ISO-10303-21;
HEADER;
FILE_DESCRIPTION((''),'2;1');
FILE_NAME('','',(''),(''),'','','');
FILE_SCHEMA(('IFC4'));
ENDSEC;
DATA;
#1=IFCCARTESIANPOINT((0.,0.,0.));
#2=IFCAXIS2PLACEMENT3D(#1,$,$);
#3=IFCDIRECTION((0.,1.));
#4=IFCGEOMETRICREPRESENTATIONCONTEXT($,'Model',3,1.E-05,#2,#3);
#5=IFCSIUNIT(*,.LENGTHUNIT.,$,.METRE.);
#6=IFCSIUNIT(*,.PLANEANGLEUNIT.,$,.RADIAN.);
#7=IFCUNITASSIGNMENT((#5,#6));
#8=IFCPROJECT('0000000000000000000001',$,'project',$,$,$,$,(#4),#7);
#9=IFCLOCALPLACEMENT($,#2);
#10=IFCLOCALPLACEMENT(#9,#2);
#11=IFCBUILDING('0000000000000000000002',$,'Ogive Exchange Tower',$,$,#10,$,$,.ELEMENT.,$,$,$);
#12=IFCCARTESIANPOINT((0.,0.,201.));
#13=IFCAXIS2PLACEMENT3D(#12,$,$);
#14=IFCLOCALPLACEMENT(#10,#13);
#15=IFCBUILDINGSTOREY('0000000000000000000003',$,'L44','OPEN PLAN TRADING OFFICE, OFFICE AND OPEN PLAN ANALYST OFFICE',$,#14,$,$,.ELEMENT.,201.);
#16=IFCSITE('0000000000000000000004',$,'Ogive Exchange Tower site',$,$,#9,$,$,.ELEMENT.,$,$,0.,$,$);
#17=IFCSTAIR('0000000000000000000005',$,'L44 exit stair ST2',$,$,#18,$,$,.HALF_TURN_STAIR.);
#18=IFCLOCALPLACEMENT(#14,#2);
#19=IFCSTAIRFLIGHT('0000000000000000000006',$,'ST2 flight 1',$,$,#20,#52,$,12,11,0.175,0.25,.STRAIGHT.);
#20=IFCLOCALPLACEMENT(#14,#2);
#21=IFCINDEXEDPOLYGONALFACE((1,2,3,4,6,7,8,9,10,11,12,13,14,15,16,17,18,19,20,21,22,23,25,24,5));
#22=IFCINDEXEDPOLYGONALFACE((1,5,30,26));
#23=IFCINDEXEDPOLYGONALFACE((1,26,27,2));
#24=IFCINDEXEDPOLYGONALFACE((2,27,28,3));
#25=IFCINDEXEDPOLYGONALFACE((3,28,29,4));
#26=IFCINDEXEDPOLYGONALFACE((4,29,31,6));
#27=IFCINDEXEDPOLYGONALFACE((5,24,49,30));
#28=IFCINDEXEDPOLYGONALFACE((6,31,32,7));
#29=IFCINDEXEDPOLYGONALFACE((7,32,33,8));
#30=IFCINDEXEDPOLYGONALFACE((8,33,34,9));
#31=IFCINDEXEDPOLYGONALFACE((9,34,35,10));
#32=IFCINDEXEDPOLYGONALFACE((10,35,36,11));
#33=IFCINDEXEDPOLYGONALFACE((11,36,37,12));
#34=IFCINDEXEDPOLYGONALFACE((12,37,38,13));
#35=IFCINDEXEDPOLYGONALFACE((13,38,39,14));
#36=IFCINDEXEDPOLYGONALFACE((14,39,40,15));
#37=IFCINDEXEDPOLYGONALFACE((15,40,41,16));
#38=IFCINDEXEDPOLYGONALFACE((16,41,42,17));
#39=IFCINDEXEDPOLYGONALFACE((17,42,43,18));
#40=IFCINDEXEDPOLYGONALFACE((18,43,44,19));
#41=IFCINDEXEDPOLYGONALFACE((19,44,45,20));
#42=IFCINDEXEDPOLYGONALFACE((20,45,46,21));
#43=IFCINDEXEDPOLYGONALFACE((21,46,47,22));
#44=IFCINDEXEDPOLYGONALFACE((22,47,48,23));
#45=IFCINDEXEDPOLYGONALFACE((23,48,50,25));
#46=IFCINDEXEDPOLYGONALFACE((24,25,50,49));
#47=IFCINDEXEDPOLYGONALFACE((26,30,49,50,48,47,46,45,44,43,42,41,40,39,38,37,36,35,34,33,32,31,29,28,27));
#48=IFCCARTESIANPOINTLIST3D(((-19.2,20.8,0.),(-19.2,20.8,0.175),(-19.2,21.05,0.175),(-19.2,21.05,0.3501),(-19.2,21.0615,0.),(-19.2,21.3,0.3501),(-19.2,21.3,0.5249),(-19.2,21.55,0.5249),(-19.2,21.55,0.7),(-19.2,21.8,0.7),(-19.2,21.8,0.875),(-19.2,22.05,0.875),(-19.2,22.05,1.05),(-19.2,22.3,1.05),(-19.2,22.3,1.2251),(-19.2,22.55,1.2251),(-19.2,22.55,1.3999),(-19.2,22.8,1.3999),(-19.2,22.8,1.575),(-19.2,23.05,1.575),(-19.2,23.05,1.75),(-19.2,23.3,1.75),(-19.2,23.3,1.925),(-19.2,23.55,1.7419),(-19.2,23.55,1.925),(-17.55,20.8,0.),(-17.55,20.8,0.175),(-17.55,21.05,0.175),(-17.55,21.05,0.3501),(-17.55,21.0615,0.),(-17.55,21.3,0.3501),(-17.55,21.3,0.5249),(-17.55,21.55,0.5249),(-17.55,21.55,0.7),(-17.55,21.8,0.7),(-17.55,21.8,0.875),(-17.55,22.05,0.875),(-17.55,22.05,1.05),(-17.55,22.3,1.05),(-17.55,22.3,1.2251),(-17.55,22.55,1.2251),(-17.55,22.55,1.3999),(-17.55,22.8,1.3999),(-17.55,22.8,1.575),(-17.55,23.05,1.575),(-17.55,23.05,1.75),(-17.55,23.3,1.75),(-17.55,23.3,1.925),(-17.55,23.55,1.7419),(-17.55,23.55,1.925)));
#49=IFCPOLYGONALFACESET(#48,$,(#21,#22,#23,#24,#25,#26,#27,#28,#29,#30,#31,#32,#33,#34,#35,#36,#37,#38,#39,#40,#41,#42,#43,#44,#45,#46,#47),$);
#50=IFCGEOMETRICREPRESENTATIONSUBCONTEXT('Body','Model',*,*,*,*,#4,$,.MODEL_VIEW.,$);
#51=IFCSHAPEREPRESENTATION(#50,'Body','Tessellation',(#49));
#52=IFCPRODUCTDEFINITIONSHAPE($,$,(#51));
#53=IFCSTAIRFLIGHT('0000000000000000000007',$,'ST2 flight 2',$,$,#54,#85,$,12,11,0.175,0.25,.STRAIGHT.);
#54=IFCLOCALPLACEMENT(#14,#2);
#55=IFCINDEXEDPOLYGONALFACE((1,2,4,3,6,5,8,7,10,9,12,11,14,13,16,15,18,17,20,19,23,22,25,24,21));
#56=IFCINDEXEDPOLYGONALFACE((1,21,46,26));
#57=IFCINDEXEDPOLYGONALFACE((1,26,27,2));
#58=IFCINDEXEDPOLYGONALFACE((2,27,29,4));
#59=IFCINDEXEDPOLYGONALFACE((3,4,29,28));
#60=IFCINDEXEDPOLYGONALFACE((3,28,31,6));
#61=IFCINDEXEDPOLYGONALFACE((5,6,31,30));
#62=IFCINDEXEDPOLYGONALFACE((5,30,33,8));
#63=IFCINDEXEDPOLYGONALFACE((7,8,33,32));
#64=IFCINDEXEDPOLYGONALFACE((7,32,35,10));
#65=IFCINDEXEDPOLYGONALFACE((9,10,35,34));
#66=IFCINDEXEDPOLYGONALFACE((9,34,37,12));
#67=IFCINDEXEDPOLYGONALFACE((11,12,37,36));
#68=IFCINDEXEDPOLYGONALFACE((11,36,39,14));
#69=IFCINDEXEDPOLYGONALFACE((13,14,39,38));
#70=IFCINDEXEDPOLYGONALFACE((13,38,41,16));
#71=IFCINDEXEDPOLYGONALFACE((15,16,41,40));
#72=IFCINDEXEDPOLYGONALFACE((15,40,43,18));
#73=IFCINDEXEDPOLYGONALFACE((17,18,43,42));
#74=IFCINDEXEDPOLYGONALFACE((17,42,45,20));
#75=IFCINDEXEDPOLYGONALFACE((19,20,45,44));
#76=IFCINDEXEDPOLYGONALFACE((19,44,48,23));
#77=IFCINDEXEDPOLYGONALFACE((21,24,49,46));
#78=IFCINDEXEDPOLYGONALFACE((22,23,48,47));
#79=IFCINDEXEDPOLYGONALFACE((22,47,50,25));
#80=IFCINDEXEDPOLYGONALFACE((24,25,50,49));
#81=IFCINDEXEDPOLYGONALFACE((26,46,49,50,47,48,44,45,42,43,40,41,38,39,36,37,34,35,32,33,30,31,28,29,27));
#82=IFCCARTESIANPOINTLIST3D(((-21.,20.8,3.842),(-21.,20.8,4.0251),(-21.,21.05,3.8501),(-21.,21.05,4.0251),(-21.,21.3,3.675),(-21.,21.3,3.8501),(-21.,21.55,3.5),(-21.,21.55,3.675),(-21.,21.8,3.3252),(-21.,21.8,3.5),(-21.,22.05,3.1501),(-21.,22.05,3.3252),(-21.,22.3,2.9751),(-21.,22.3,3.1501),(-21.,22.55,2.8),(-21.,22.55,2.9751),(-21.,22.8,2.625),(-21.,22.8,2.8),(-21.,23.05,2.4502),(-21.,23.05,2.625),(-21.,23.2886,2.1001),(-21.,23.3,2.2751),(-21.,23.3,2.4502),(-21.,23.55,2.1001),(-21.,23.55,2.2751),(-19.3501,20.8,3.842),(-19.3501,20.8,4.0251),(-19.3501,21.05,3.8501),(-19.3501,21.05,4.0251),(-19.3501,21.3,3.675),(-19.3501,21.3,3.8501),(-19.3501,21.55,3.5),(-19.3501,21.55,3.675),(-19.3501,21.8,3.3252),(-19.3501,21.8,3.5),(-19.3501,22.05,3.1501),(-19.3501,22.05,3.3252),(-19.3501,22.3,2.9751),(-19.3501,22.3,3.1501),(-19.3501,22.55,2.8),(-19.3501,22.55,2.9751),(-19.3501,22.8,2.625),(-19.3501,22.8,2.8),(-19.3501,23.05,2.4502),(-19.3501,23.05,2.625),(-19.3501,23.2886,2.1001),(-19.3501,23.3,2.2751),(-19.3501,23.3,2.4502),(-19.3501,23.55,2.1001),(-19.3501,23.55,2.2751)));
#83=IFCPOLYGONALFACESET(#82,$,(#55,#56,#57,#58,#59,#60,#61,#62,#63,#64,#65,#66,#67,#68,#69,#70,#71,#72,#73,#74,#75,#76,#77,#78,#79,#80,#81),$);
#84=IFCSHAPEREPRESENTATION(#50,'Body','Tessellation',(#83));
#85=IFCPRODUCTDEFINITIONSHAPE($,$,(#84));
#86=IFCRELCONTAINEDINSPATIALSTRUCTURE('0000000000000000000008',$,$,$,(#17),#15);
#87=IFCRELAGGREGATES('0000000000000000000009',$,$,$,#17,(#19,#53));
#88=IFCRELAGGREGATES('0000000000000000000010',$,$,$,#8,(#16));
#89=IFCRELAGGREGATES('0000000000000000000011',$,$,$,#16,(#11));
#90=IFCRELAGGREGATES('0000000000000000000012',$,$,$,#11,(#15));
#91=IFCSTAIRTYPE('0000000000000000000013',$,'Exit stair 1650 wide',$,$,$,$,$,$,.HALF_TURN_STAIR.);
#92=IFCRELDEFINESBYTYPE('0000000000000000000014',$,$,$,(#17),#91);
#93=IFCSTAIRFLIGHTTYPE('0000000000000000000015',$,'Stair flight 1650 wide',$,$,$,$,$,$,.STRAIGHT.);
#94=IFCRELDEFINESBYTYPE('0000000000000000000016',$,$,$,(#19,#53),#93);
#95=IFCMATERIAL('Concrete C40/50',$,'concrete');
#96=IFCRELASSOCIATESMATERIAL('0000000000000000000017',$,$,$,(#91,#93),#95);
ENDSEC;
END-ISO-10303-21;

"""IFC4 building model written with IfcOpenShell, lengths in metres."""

from ifc_helpers import new_model, si_unit, direction, frame, origin, place, context, subcontext, project, spatial, polyline, outline, extrude, material, type_object, element, aggregate, save


model = new_model("IFC4")

# Units and contexts
model_context = context("Model", 3, precision=1e-05, world=origin(), true_north=direction((0.0, 1.0)))
body_context = subcontext(model_context, "Body", "Model", "MODEL_VIEW")
ifc_project = project(units=[si_unit("LENGTHUNIT", "METRE"), si_unit("PLANEANGLEUNIT", "RADIAN")], contexts=[model_context])

# Site, building, storey
site_placement = place(None, origin())
site = spatial("IfcSite", under=ifc_project, at=site_placement, Name="Ogive Exchange Tower site", CompositionType="ELEMENT", RefElevation=0.0)
building_placement = place(site_placement, origin())
building = spatial("IfcBuilding", under=site, at=building_placement, Name="Ogive Exchange Tower", CompositionType="ELEMENT")
storey_placement = place(building_placement, frame((0.0, 0.0, 201.0)))
storey = spatial("IfcBuildingStorey", under=building, at=storey_placement, Name="L44", Description="OPEN PLAN TRADING OFFICE, OFFICE AND OPEN PLAN ANALYST OFFICE", CompositionType="ELEMENT", Elevation=201.0)

# Stair, stair flights
ifc_material_1 = material(Name="Concrete C40/50", Category="concrete")
stair_type = type_object("IfcStairType", Name="Exit stair 1650 wide", PredefinedType="HALF_TURN_STAIR", material=ifc_material_1)
stair_placement = place(storey_placement, origin())
stair = element("IfcStair", 1, at=stair_placement, inside=storey, type_object=stair_type, Name="L44 exit stair ST2", PredefinedType="HALF_TURN_STAIR")
stair_flight_type = type_object("IfcStairFlightType", Name="Stair flight 1650 wide", PredefinedType="STRAIGHT", material=ifc_material_1)
stair_flight_1_placement = place(storey_placement, frame((-18.375, 20.8, 0.0), z_axis=(0.0, 0.0, 1.0), x_axis=(0.0, 1.0, 0.0)))
stair_flight_1 = element("IfcStairFlight", 2, at=stair_flight_1_placement, type_object=stair_flight_type, Name="ST2 flight 1", NumberOfRisers=12, NumberOfTreads=11, PredefinedType="STRAIGHT", RiserHeight=0.175, TreadLength=0.25, context=body_context, shape_type="SweptSolid", body=[
    extrude(outline(polyline([(0.0, 0.0), (0.0, 0.175), (0.25, 0.175), (0.25, 0.3501), (0.5, 0.3501), (0.5, 0.5249), (0.75, 0.5249), (0.75, 0.7), (1.0, 0.7), (1.0, 0.875), (1.25, 0.875), (1.25, 1.05), (1.5, 1.05), (1.5, 1.2251), (1.75, 1.2251), (1.75, 1.3999), (2.0, 1.3999), (2.0, 1.575), (2.25, 1.575), (2.25, 1.75), (2.5, 1.75), (2.5, 1.925), (2.75, 1.925), (2.75, 2.1001), (2.75, 1.7419), (0.2615, 0.0), (0.0, 0.0)])), frame((0.0, 0.825, 0.0), z_axis=(0.0, -1.0, 0.0), x_axis=(1.0, 0.0, 0.0)), (0.0, 0.0, 1.0), 1.6499),
])
stair_flight_2_placement = place(storey_placement, frame((-20.175, 23.55, 2.1001), z_axis=(0.0, 0.0, 1.0), x_axis=(0.0, -1.0, 0.0)))
stair_flight_2 = element("IfcStairFlight", 3, at=stair_flight_2_placement, type_object=stair_flight_type, Name="ST2 flight 2", NumberOfRisers=12, NumberOfTreads=11, PredefinedType="STRAIGHT", RiserHeight=0.175, TreadLength=0.25, context=body_context, shape_type="SweptSolid", body=[
    extrude(outline(polyline([(0.0, 0.0), (0.0, 0.175), (0.25, 0.175), (0.25, 0.3501), (0.5, 0.3501), (0.5, 0.5249), (0.75, 0.5249), (0.75, 0.7), (1.0, 0.7), (1.0, 0.875), (1.25, 0.875), (1.25, 1.05), (1.5, 1.05), (1.5, 1.2251), (1.75, 1.2251), (1.75, 1.3999), (2.0, 1.3999), (2.0, 1.575), (2.25, 1.575), (2.25, 1.75), (2.5, 1.75), (2.5, 1.925), (2.75, 1.925), (2.75, 2.1001), (2.75, 1.7419), (0.2615, 0.0), (0.0, 0.0)])), frame((0.0, 0.825, 0.0), z_axis=(0.0, -1.0, 0.0), x_axis=(1.0, 0.0, 0.0)), (0.0, 0.0, 1.0), 1.6499),
])
aggregate(stair, [stair_flight_1, stair_flight_2])

save(model, "model.ifc")
